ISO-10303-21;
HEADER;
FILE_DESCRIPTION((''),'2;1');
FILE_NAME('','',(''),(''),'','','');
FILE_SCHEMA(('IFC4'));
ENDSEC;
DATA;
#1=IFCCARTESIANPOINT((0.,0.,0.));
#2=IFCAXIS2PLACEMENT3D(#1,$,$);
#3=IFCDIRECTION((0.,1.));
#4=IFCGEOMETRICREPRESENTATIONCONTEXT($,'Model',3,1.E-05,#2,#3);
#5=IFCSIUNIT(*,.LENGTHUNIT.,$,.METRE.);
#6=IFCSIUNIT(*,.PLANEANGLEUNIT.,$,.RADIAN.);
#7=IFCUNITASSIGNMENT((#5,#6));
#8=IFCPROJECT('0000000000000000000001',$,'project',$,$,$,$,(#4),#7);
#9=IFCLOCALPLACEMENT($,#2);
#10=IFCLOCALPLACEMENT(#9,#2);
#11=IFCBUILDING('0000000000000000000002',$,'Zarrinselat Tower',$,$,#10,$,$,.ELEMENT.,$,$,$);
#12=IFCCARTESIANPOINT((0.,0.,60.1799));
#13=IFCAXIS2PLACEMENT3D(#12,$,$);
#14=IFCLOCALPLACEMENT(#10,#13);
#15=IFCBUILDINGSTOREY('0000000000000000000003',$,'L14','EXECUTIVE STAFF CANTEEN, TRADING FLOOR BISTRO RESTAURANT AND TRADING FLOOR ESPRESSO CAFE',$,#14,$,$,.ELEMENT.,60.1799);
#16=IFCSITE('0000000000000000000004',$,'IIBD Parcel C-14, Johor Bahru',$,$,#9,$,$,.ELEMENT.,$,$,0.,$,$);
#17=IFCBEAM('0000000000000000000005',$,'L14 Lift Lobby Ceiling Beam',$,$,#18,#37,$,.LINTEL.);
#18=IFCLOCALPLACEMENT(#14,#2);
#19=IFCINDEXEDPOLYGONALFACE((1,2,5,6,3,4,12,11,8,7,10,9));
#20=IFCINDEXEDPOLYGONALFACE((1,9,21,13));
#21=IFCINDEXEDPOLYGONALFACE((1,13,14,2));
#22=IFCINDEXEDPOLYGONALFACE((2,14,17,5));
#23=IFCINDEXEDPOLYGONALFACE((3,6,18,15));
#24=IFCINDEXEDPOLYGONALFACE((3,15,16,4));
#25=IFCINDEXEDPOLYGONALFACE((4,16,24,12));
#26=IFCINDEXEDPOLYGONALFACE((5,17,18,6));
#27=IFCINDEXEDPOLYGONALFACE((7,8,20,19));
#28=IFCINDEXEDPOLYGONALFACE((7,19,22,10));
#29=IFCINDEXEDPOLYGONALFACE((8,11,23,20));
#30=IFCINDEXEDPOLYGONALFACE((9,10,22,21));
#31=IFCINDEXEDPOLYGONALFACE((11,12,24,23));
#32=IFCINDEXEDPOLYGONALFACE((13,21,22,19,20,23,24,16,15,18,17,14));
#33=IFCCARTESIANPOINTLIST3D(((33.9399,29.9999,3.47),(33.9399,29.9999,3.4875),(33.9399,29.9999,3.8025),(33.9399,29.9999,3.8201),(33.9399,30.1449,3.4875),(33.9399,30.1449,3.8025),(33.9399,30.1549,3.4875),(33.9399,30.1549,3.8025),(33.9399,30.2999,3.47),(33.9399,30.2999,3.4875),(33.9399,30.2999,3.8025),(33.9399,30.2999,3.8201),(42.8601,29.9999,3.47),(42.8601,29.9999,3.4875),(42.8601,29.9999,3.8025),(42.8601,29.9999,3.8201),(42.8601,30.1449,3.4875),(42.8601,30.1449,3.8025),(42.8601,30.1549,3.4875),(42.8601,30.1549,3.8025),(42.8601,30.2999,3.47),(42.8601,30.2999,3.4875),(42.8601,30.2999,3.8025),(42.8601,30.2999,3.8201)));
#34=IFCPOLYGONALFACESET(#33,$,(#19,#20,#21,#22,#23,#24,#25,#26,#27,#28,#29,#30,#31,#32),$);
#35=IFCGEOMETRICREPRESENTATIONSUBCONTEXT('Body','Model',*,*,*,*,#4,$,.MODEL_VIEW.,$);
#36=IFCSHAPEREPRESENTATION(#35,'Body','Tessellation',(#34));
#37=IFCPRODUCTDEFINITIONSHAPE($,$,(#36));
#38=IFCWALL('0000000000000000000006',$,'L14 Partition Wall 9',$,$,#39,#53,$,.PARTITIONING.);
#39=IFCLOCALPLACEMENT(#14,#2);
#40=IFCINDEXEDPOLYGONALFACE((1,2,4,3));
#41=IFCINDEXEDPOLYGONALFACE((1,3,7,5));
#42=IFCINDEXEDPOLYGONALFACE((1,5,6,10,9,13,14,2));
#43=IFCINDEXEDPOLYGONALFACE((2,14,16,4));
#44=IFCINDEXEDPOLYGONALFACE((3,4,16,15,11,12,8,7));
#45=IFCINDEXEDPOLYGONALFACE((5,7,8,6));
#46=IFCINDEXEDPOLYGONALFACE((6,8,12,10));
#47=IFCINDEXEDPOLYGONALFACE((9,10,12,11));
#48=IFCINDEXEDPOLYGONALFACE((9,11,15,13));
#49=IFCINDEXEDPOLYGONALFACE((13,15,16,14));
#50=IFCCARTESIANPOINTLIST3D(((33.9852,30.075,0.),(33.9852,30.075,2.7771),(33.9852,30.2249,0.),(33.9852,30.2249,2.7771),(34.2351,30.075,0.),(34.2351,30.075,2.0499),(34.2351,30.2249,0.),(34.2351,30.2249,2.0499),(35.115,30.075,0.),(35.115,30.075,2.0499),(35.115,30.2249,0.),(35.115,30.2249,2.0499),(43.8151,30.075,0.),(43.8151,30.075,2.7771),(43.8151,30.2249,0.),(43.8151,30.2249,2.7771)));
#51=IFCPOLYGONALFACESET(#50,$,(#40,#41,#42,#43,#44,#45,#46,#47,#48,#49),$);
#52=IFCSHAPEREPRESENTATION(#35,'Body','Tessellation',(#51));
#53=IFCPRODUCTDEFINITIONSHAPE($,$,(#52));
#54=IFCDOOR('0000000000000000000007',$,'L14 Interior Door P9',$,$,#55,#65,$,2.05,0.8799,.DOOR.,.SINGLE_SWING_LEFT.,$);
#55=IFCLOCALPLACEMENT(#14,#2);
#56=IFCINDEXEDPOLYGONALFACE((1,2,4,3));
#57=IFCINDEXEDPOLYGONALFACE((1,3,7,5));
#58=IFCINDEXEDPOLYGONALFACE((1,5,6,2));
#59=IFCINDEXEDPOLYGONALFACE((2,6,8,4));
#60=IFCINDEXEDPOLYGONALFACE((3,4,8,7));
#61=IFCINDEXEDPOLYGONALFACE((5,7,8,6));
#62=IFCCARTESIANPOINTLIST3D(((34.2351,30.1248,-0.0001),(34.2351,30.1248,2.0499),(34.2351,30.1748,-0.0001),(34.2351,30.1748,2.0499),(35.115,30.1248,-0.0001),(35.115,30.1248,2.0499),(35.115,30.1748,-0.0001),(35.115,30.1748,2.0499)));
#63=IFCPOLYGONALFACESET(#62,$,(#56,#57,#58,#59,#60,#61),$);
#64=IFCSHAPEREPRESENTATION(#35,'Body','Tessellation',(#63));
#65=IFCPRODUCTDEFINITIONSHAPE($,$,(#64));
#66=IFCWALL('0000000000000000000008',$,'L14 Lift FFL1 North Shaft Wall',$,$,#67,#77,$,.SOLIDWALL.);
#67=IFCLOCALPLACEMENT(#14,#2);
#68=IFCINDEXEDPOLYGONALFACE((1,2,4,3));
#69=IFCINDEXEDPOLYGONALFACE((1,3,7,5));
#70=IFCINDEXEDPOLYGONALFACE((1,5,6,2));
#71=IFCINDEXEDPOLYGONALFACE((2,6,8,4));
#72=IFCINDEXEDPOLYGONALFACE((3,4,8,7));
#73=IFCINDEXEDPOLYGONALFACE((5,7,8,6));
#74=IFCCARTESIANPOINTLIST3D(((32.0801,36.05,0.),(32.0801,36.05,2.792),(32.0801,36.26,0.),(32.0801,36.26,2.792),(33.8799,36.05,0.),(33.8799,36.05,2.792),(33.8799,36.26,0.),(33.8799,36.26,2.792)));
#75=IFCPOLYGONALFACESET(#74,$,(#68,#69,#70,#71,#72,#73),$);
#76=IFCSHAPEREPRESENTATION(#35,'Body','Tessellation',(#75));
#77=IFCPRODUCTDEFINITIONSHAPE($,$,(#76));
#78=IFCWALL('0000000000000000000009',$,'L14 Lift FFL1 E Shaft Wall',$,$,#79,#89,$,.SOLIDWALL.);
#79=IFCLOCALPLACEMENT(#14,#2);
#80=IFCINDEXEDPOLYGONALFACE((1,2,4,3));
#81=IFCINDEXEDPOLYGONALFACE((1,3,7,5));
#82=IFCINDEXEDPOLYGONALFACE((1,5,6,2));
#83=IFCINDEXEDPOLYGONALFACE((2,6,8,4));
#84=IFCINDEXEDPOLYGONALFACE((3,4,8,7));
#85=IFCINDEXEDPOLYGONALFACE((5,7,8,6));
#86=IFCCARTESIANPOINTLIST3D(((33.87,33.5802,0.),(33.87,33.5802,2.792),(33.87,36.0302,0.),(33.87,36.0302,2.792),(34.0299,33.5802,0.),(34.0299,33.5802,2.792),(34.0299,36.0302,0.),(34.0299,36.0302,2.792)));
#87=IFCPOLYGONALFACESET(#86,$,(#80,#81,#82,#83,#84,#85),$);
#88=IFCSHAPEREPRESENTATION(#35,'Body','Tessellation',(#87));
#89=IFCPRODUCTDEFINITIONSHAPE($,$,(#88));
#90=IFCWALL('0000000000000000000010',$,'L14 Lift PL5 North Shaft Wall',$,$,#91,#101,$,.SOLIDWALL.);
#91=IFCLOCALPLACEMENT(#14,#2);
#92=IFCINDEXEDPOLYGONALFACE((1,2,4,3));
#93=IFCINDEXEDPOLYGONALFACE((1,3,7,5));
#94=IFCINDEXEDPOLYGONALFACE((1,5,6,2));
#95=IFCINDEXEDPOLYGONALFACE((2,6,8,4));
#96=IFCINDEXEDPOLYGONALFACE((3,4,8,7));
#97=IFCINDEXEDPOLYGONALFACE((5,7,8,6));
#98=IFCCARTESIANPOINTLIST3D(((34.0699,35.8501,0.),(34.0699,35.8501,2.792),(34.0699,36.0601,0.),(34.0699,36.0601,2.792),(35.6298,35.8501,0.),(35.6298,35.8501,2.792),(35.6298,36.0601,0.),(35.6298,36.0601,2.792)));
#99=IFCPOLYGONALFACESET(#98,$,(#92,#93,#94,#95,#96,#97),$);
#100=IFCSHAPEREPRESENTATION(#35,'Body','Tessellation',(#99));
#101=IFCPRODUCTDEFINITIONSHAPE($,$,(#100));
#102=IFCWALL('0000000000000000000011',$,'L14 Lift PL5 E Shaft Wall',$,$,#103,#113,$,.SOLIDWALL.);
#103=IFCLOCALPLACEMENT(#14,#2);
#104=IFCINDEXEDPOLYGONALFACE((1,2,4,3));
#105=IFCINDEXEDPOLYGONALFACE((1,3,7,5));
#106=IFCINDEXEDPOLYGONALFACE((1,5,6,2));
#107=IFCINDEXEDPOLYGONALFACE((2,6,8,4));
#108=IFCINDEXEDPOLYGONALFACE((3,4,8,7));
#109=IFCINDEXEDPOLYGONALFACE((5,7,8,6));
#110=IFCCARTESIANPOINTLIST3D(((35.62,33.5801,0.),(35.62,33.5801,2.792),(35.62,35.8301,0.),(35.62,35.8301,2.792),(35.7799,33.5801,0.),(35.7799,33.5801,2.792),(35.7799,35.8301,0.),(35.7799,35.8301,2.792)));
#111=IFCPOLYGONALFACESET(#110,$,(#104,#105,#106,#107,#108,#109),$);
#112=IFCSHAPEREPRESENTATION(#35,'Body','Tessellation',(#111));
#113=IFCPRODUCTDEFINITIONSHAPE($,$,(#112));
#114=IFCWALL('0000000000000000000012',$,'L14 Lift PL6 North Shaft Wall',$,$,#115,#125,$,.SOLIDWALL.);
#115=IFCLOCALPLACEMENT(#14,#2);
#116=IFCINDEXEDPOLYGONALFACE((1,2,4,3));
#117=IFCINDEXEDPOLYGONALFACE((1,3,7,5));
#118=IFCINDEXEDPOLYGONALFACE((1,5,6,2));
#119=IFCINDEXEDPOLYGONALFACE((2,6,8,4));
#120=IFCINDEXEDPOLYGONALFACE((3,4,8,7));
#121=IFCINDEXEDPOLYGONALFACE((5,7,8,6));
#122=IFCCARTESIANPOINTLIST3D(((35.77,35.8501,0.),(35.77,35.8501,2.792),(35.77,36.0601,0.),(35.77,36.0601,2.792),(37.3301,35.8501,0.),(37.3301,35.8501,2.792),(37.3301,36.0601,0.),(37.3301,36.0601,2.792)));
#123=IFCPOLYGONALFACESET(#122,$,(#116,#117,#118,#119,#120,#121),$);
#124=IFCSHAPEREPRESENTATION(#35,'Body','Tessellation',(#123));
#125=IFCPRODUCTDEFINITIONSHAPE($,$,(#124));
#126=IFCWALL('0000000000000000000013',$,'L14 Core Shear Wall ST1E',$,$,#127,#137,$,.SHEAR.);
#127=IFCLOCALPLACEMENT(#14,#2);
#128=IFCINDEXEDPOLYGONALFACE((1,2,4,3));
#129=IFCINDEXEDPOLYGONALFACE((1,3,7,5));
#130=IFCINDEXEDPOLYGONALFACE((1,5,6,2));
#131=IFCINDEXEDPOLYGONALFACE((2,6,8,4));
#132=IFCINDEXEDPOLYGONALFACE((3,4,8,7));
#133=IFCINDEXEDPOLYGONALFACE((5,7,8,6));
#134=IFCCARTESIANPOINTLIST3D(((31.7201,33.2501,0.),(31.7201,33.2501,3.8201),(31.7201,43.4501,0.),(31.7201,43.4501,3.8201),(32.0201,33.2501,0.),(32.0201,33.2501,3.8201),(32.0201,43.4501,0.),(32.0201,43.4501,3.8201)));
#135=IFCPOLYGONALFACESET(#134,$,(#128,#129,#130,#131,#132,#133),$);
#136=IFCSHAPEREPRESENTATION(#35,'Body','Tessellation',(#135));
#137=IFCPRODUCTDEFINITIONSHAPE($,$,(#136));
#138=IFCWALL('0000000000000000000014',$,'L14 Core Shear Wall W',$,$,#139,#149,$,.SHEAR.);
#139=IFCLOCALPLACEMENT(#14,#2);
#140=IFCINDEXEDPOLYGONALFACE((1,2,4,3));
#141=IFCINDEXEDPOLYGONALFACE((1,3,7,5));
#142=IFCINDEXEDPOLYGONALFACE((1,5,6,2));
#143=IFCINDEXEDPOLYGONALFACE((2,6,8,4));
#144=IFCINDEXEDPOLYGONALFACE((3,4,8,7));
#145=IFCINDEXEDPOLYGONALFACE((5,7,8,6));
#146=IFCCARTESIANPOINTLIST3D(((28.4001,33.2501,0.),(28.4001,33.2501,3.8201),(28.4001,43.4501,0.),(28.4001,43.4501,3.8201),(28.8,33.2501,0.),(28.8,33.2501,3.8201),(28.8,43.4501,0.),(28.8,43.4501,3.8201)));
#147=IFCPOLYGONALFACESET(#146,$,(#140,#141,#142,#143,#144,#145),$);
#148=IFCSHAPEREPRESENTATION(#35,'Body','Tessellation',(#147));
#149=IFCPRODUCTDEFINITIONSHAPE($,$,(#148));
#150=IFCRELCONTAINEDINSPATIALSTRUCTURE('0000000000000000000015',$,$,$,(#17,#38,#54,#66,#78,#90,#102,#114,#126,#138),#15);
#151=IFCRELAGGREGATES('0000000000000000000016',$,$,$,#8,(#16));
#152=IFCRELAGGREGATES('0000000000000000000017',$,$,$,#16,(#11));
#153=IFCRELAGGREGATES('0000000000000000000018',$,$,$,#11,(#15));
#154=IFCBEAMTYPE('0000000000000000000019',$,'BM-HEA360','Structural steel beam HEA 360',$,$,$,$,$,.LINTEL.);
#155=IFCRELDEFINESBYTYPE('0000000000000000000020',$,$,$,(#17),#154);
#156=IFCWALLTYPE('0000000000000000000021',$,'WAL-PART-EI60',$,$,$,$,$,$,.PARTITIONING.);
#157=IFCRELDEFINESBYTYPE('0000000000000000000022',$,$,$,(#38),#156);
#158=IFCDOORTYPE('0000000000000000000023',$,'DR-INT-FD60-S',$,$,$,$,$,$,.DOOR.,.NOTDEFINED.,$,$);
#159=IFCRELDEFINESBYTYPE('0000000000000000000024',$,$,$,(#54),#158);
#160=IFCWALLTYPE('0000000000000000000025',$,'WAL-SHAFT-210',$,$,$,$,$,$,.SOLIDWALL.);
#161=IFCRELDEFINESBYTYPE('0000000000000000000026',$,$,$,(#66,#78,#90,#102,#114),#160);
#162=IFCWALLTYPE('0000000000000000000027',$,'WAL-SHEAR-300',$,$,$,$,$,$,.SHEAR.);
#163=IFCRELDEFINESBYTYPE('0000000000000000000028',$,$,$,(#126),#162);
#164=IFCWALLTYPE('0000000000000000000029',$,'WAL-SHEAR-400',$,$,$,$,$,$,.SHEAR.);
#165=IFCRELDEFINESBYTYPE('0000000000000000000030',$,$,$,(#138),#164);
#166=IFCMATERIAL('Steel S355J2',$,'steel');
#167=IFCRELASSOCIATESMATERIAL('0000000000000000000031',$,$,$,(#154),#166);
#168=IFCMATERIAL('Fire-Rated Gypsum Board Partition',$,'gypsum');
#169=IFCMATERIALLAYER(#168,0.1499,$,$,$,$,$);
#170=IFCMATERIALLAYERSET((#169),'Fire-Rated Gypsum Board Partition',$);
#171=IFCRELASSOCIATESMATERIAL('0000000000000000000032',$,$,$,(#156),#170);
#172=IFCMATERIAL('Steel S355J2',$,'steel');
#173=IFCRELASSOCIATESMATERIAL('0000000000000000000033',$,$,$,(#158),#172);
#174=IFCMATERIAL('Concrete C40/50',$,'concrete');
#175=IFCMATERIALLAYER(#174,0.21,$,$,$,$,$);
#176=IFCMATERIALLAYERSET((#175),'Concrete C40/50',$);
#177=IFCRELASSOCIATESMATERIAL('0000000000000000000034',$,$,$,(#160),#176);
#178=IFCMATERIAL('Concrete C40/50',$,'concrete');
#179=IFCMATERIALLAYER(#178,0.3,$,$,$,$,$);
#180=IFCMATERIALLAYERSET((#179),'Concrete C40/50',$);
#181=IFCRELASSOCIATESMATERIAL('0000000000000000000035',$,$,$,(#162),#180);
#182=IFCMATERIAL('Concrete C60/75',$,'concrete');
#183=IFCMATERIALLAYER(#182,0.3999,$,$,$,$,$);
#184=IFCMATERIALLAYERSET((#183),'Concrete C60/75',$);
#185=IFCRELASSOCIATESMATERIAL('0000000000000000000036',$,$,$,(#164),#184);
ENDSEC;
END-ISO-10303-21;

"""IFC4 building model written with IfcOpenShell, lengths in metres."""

from ifc_helpers import new_model, si_unit, direction, frame, frame_2d, origin, origin_2d, place, context, subcontext, project, spatial, rectangle, i_section, extrude, material, layer, layer_set, material_profile, profile_set, type_object, element, fill, save


model = new_model("IFC4")

# Units and contexts
model_context = context("Model", 3, precision=1e-05, world=origin(), true_north=direction((0.0, 1.0)))
body_context = subcontext(model_context, "Body", "Model", "MODEL_VIEW")
ifc_project = project(units=[si_unit("LENGTHUNIT", "METRE"), si_unit("PLANEANGLEUNIT", "RADIAN")], contexts=[model_context])

# Site, building, storey
site_placement = place(None, origin())
site = spatial("IfcSite", under=ifc_project, at=site_placement, Name="IIBD Parcel C-14, Johor Bahru", CompositionType="ELEMENT", RefElevation=0.0)
building_placement = place(site_placement, origin())
building = spatial("IfcBuilding", under=site, at=building_placement, Name="Zarrinselat Tower", CompositionType="ELEMENT")
storey_placement = place(building_placement, frame((0.0, 0.0, 60.1799)))
storey = spatial("IfcBuildingStorey", under=building, at=storey_placement, Name="L14", Description="EXECUTIVE STAFF CANTEEN, TRADING FLOOR BISTRO RESTAURANT AND TRADING FLOOR ESPRESSO CAFE", CompositionType="ELEMENT", Elevation=60.1799)

# Beam
ifc_material_1 = material(Name="Steel S355J2", Category="steel")
ifc_material_profile = material_profile(ifc_material_1, i_section(OverallWidth=0.3, OverallDepth=0.3501, WebThickness=0.01, FlangeThickness=0.0176, at=origin_2d()), Name="HEA 360")
ifc_profile_set = profile_set([ifc_material_profile], Name="Steel S355J2")
beam_type = type_object("IfcBeamType", Name="BM-HEA360", Description="Structural steel beam HEA 360", PredefinedType="LINTEL", material=ifc_profile_set)
beam_placement = place(storey_placement, frame((33.9399, 30.1499, 3.645), z_axis=(1.0, 0.0, 0.0), x_axis=(0.0, 1.0, 0.0)))
element("IfcBeam", 1, at=beam_placement, inside=storey, type_object=beam_type, Name="L14 Lift Lobby Ceiling Beam", PredefinedType="LINTEL", context=body_context, shape_type="SweptSolid", body=[
    extrude(i_section(OverallWidth=0.3, OverallDepth=0.3501, WebThickness=0.01, FlangeThickness=0.0176, at=origin_2d()), origin(), (0.0, 0.0, 1.0), 8.9202),
])

# Wall, opening, door
ifc_material_2 = material(Name="Fire-Rated Gypsum Board Partition", Category="gypsum")
ifc_layer_1 = layer(ifc_material_2, 0.1499)
ifc_layer_set_1 = layer_set([ifc_layer_1], Name="Fire-Rated Gypsum Board Partition")
wall_type_1 = type_object("IfcWallType", Name="WAL-PART-EI60", PredefinedType="PARTITIONING", material=ifc_layer_set_1)
wall_1_placement = place(storey_placement, frame((33.9851, 30.1499, 0.0), z_axis=(0.0, 0.0, 1.0), x_axis=(1.0, 0.0, 0.0)))
wall_1 = element("IfcWall", 2, at=wall_1_placement, inside=storey, type_object=wall_type_1, Name="L14 Partition Wall 9", PredefinedType="PARTITIONING", context=body_context, shape_type="SweptSolid", body=[
    extrude(rectangle(XDim=9.8298, YDim=0.1499, at=frame_2d((4.915, 0.0))), origin(), (0.0, 0.0, 1.0), 2.7771),
])
opening_1_placement = place(wall_1_placement, frame((0.25, 0.0, 0.0)))
opening_1 = element("IfcOpeningElement", 3, at=opening_1_placement, cuts=wall_1, PredefinedType="OPENING", context=body_context, shape_type="SweptSolid", body=[
    extrude(rectangle(XDim=0.8799, YDim=2.05, at=frame_2d((0.4399, 1.0249))), frame((0.0, 0.085, 0.0), z_axis=(0.0, -1.0, 0.0), x_axis=(1.0, 0.0, 0.0)), (0.0, 0.0, 1.0), 0.1699),
])
ifc_material_3 = material(Name="Steel S355J2", Category="steel")
door_type_1 = type_object("IfcDoorType", Name="DR-INT-FD60-S", OperationType="NOTDEFINED", PredefinedType="DOOR", material=ifc_material_3)
door_1_placement = place(opening_1_placement, origin())
door_1 = element("IfcDoor", 4, at=door_1_placement, inside=storey, type_object=door_type_1, Name="L14 Interior Door P9", OperationType="SINGLE_SWING_LEFT", OverallHeight=2.05, OverallWidth=0.8799, PredefinedType="DOOR", context=body_context, shape_type="SweptSolid", body=[
    extrude(rectangle(XDim=0.8799, YDim=2.05, at=frame_2d((0.4399, 1.0249))), frame((0.0, 0.0249, 0.0), z_axis=(0.0, -1.0, 0.0), x_axis=(1.0, 0.0, 0.0)), (0.0, 0.0, 1.0), 0.05),
])
fill(opening_1, door_1)

# Walls
ifc_material_4 = material(Name="Concrete C40/50", Category="concrete")
ifc_layer_2 = layer(ifc_material_4, 0.21)
ifc_layer_set_2 = layer_set([ifc_layer_2], Name="Concrete C40/50")
wall_type_2 = type_object("IfcWallType", Name="WAL-SHAFT-210", PredefinedType="SOLIDWALL", material=ifc_layer_set_2)
wall_2_placement = place(storey_placement, frame((32.0801, 36.155, 0.0), z_axis=(0.0, 0.0, 1.0), x_axis=(1.0, 0.0, 0.0)))
element("IfcWall", 5, at=wall_2_placement, inside=storey, type_object=wall_type_2, Name="L14 Lift FFL1 North Shaft Wall", PredefinedType="SOLIDWALL", context=body_context, shape_type="SweptSolid", body=[
    extrude(rectangle(XDim=1.7998, YDim=0.21, at=frame_2d((0.8999, 0.0))), origin(), (0.0, 0.0, 1.0), 2.792),
])
wall_3_placement = place(storey_placement, frame((33.95, 33.5801, 0.0), z_axis=(0.0, 0.0, 1.0), x_axis=(0.0, 1.0, 0.0)))
element("IfcWall", 6, at=wall_3_placement, inside=storey, type_object=wall_type_2, Name="L14 Lift FFL1 E Shaft Wall", PredefinedType="SOLIDWALL", context=body_context, shape_type="SweptSolid", body=[
    extrude(rectangle(XDim=2.45, YDim=0.1599, at=frame_2d((1.2251, 0.0))), origin(), (0.0, 0.0, 1.0), 2.792),
])
wall_4_placement = place(storey_placement, frame((34.0701, 35.9551, 0.0), z_axis=(0.0, 0.0, 1.0), x_axis=(1.0, 0.0, 0.0)))
element("IfcWall", 7, at=wall_4_placement, inside=storey, type_object=wall_type_2, Name="L14 Lift PL5 North Shaft Wall", PredefinedType="SOLIDWALL", context=body_context, shape_type="SweptSolid", body=[
    extrude(rectangle(XDim=1.5598, YDim=0.21, at=frame_2d((0.7798, 0.0))), origin(), (0.0, 0.0, 1.0), 2.792),
])
wall_5_placement = place(storey_placement, frame((35.7, 33.5801, 0.0), z_axis=(0.0, 0.0, 1.0), x_axis=(0.0, 1.0, 0.0)))
element("IfcWall", 8, at=wall_5_placement, inside=storey, type_object=wall_type_2, Name="L14 Lift PL5 E Shaft Wall", PredefinedType="SOLIDWALL", context=body_context, shape_type="SweptSolid", body=[
    extrude(rectangle(XDim=2.25, YDim=0.1599, at=frame_2d((1.125, 0.0))), origin(), (0.0, 0.0, 1.0), 2.792),
])
wall_6_placement = place(storey_placement, frame((35.77, 35.9551, 0.0), z_axis=(0.0, 0.0, 1.0), x_axis=(1.0, 0.0, 0.0)))
element("IfcWall", 9, at=wall_6_placement, inside=storey, type_object=wall_type_2, Name="L14 Lift PL6 North Shaft Wall", PredefinedType="SOLIDWALL", context=body_context, shape_type="SweptSolid", body=[
    extrude(rectangle(XDim=1.5601, YDim=0.21, at=frame_2d((0.78, 0.0))), origin(), (0.0, 0.0, 1.0), 2.792),
])
ifc_material_5 = material(Name="Concrete C40/50", Category="concrete")
ifc_layer_3 = layer(ifc_material_5, 0.3)
ifc_layer_set_3 = layer_set([ifc_layer_3], Name="Concrete C40/50")
wall_type_3 = type_object("IfcWallType", Name="WAL-SHEAR-300", PredefinedType="SHEAR", material=ifc_layer_set_3)
wall_7_placement = place(storey_placement, frame((31.8701, 33.25, 0.0), z_axis=(0.0, 0.0, 1.0), x_axis=(0.0, 1.0, 0.0)))
element("IfcWall", 10, at=wall_7_placement, inside=storey, type_object=wall_type_3, Name="L14 Core Shear Wall ST1E", PredefinedType="SHEAR", context=body_context, shape_type="SweptSolid", body=[
    extrude(rectangle(XDim=10.2, YDim=0.3, at=frame_2d((5.1001, 0.0))), origin(), (0.0, 0.0, 1.0), 3.8201),
])

# Shared definitions
ifc_material_6 = material(Name="Concrete C60/75", Category="concrete")
ifc_layer_4 = layer(ifc_material_6, 0.3999)
ifc_layer_set_4 = layer_set([ifc_layer_4], Name="Concrete C60/75")
wall_type_4 = type_object("IfcWallType", Name="WAL-SHEAR-400", PredefinedType="SHEAR", material=ifc_layer_set_4)

# Wall
wall_8_placement = place(storey_placement, frame((28.6001, 33.25, 0.0), z_axis=(0.0, 0.0, 1.0), x_axis=(0.0, 1.0, 0.0)))
element("IfcWall", 11, at=wall_8_placement, inside=storey, type_object=wall_type_4, Name="L14 Core Shear Wall W", PredefinedType="SHEAR", context=body_context, shape_type="SweptSolid", body=[
    extrude(rectangle(XDim=10.2, YDim=0.3999, at=frame_2d((5.1001, 0.0))), origin(), (0.0, 0.0, 1.0), 3.8201),
])

save(model, "model.ifc")
